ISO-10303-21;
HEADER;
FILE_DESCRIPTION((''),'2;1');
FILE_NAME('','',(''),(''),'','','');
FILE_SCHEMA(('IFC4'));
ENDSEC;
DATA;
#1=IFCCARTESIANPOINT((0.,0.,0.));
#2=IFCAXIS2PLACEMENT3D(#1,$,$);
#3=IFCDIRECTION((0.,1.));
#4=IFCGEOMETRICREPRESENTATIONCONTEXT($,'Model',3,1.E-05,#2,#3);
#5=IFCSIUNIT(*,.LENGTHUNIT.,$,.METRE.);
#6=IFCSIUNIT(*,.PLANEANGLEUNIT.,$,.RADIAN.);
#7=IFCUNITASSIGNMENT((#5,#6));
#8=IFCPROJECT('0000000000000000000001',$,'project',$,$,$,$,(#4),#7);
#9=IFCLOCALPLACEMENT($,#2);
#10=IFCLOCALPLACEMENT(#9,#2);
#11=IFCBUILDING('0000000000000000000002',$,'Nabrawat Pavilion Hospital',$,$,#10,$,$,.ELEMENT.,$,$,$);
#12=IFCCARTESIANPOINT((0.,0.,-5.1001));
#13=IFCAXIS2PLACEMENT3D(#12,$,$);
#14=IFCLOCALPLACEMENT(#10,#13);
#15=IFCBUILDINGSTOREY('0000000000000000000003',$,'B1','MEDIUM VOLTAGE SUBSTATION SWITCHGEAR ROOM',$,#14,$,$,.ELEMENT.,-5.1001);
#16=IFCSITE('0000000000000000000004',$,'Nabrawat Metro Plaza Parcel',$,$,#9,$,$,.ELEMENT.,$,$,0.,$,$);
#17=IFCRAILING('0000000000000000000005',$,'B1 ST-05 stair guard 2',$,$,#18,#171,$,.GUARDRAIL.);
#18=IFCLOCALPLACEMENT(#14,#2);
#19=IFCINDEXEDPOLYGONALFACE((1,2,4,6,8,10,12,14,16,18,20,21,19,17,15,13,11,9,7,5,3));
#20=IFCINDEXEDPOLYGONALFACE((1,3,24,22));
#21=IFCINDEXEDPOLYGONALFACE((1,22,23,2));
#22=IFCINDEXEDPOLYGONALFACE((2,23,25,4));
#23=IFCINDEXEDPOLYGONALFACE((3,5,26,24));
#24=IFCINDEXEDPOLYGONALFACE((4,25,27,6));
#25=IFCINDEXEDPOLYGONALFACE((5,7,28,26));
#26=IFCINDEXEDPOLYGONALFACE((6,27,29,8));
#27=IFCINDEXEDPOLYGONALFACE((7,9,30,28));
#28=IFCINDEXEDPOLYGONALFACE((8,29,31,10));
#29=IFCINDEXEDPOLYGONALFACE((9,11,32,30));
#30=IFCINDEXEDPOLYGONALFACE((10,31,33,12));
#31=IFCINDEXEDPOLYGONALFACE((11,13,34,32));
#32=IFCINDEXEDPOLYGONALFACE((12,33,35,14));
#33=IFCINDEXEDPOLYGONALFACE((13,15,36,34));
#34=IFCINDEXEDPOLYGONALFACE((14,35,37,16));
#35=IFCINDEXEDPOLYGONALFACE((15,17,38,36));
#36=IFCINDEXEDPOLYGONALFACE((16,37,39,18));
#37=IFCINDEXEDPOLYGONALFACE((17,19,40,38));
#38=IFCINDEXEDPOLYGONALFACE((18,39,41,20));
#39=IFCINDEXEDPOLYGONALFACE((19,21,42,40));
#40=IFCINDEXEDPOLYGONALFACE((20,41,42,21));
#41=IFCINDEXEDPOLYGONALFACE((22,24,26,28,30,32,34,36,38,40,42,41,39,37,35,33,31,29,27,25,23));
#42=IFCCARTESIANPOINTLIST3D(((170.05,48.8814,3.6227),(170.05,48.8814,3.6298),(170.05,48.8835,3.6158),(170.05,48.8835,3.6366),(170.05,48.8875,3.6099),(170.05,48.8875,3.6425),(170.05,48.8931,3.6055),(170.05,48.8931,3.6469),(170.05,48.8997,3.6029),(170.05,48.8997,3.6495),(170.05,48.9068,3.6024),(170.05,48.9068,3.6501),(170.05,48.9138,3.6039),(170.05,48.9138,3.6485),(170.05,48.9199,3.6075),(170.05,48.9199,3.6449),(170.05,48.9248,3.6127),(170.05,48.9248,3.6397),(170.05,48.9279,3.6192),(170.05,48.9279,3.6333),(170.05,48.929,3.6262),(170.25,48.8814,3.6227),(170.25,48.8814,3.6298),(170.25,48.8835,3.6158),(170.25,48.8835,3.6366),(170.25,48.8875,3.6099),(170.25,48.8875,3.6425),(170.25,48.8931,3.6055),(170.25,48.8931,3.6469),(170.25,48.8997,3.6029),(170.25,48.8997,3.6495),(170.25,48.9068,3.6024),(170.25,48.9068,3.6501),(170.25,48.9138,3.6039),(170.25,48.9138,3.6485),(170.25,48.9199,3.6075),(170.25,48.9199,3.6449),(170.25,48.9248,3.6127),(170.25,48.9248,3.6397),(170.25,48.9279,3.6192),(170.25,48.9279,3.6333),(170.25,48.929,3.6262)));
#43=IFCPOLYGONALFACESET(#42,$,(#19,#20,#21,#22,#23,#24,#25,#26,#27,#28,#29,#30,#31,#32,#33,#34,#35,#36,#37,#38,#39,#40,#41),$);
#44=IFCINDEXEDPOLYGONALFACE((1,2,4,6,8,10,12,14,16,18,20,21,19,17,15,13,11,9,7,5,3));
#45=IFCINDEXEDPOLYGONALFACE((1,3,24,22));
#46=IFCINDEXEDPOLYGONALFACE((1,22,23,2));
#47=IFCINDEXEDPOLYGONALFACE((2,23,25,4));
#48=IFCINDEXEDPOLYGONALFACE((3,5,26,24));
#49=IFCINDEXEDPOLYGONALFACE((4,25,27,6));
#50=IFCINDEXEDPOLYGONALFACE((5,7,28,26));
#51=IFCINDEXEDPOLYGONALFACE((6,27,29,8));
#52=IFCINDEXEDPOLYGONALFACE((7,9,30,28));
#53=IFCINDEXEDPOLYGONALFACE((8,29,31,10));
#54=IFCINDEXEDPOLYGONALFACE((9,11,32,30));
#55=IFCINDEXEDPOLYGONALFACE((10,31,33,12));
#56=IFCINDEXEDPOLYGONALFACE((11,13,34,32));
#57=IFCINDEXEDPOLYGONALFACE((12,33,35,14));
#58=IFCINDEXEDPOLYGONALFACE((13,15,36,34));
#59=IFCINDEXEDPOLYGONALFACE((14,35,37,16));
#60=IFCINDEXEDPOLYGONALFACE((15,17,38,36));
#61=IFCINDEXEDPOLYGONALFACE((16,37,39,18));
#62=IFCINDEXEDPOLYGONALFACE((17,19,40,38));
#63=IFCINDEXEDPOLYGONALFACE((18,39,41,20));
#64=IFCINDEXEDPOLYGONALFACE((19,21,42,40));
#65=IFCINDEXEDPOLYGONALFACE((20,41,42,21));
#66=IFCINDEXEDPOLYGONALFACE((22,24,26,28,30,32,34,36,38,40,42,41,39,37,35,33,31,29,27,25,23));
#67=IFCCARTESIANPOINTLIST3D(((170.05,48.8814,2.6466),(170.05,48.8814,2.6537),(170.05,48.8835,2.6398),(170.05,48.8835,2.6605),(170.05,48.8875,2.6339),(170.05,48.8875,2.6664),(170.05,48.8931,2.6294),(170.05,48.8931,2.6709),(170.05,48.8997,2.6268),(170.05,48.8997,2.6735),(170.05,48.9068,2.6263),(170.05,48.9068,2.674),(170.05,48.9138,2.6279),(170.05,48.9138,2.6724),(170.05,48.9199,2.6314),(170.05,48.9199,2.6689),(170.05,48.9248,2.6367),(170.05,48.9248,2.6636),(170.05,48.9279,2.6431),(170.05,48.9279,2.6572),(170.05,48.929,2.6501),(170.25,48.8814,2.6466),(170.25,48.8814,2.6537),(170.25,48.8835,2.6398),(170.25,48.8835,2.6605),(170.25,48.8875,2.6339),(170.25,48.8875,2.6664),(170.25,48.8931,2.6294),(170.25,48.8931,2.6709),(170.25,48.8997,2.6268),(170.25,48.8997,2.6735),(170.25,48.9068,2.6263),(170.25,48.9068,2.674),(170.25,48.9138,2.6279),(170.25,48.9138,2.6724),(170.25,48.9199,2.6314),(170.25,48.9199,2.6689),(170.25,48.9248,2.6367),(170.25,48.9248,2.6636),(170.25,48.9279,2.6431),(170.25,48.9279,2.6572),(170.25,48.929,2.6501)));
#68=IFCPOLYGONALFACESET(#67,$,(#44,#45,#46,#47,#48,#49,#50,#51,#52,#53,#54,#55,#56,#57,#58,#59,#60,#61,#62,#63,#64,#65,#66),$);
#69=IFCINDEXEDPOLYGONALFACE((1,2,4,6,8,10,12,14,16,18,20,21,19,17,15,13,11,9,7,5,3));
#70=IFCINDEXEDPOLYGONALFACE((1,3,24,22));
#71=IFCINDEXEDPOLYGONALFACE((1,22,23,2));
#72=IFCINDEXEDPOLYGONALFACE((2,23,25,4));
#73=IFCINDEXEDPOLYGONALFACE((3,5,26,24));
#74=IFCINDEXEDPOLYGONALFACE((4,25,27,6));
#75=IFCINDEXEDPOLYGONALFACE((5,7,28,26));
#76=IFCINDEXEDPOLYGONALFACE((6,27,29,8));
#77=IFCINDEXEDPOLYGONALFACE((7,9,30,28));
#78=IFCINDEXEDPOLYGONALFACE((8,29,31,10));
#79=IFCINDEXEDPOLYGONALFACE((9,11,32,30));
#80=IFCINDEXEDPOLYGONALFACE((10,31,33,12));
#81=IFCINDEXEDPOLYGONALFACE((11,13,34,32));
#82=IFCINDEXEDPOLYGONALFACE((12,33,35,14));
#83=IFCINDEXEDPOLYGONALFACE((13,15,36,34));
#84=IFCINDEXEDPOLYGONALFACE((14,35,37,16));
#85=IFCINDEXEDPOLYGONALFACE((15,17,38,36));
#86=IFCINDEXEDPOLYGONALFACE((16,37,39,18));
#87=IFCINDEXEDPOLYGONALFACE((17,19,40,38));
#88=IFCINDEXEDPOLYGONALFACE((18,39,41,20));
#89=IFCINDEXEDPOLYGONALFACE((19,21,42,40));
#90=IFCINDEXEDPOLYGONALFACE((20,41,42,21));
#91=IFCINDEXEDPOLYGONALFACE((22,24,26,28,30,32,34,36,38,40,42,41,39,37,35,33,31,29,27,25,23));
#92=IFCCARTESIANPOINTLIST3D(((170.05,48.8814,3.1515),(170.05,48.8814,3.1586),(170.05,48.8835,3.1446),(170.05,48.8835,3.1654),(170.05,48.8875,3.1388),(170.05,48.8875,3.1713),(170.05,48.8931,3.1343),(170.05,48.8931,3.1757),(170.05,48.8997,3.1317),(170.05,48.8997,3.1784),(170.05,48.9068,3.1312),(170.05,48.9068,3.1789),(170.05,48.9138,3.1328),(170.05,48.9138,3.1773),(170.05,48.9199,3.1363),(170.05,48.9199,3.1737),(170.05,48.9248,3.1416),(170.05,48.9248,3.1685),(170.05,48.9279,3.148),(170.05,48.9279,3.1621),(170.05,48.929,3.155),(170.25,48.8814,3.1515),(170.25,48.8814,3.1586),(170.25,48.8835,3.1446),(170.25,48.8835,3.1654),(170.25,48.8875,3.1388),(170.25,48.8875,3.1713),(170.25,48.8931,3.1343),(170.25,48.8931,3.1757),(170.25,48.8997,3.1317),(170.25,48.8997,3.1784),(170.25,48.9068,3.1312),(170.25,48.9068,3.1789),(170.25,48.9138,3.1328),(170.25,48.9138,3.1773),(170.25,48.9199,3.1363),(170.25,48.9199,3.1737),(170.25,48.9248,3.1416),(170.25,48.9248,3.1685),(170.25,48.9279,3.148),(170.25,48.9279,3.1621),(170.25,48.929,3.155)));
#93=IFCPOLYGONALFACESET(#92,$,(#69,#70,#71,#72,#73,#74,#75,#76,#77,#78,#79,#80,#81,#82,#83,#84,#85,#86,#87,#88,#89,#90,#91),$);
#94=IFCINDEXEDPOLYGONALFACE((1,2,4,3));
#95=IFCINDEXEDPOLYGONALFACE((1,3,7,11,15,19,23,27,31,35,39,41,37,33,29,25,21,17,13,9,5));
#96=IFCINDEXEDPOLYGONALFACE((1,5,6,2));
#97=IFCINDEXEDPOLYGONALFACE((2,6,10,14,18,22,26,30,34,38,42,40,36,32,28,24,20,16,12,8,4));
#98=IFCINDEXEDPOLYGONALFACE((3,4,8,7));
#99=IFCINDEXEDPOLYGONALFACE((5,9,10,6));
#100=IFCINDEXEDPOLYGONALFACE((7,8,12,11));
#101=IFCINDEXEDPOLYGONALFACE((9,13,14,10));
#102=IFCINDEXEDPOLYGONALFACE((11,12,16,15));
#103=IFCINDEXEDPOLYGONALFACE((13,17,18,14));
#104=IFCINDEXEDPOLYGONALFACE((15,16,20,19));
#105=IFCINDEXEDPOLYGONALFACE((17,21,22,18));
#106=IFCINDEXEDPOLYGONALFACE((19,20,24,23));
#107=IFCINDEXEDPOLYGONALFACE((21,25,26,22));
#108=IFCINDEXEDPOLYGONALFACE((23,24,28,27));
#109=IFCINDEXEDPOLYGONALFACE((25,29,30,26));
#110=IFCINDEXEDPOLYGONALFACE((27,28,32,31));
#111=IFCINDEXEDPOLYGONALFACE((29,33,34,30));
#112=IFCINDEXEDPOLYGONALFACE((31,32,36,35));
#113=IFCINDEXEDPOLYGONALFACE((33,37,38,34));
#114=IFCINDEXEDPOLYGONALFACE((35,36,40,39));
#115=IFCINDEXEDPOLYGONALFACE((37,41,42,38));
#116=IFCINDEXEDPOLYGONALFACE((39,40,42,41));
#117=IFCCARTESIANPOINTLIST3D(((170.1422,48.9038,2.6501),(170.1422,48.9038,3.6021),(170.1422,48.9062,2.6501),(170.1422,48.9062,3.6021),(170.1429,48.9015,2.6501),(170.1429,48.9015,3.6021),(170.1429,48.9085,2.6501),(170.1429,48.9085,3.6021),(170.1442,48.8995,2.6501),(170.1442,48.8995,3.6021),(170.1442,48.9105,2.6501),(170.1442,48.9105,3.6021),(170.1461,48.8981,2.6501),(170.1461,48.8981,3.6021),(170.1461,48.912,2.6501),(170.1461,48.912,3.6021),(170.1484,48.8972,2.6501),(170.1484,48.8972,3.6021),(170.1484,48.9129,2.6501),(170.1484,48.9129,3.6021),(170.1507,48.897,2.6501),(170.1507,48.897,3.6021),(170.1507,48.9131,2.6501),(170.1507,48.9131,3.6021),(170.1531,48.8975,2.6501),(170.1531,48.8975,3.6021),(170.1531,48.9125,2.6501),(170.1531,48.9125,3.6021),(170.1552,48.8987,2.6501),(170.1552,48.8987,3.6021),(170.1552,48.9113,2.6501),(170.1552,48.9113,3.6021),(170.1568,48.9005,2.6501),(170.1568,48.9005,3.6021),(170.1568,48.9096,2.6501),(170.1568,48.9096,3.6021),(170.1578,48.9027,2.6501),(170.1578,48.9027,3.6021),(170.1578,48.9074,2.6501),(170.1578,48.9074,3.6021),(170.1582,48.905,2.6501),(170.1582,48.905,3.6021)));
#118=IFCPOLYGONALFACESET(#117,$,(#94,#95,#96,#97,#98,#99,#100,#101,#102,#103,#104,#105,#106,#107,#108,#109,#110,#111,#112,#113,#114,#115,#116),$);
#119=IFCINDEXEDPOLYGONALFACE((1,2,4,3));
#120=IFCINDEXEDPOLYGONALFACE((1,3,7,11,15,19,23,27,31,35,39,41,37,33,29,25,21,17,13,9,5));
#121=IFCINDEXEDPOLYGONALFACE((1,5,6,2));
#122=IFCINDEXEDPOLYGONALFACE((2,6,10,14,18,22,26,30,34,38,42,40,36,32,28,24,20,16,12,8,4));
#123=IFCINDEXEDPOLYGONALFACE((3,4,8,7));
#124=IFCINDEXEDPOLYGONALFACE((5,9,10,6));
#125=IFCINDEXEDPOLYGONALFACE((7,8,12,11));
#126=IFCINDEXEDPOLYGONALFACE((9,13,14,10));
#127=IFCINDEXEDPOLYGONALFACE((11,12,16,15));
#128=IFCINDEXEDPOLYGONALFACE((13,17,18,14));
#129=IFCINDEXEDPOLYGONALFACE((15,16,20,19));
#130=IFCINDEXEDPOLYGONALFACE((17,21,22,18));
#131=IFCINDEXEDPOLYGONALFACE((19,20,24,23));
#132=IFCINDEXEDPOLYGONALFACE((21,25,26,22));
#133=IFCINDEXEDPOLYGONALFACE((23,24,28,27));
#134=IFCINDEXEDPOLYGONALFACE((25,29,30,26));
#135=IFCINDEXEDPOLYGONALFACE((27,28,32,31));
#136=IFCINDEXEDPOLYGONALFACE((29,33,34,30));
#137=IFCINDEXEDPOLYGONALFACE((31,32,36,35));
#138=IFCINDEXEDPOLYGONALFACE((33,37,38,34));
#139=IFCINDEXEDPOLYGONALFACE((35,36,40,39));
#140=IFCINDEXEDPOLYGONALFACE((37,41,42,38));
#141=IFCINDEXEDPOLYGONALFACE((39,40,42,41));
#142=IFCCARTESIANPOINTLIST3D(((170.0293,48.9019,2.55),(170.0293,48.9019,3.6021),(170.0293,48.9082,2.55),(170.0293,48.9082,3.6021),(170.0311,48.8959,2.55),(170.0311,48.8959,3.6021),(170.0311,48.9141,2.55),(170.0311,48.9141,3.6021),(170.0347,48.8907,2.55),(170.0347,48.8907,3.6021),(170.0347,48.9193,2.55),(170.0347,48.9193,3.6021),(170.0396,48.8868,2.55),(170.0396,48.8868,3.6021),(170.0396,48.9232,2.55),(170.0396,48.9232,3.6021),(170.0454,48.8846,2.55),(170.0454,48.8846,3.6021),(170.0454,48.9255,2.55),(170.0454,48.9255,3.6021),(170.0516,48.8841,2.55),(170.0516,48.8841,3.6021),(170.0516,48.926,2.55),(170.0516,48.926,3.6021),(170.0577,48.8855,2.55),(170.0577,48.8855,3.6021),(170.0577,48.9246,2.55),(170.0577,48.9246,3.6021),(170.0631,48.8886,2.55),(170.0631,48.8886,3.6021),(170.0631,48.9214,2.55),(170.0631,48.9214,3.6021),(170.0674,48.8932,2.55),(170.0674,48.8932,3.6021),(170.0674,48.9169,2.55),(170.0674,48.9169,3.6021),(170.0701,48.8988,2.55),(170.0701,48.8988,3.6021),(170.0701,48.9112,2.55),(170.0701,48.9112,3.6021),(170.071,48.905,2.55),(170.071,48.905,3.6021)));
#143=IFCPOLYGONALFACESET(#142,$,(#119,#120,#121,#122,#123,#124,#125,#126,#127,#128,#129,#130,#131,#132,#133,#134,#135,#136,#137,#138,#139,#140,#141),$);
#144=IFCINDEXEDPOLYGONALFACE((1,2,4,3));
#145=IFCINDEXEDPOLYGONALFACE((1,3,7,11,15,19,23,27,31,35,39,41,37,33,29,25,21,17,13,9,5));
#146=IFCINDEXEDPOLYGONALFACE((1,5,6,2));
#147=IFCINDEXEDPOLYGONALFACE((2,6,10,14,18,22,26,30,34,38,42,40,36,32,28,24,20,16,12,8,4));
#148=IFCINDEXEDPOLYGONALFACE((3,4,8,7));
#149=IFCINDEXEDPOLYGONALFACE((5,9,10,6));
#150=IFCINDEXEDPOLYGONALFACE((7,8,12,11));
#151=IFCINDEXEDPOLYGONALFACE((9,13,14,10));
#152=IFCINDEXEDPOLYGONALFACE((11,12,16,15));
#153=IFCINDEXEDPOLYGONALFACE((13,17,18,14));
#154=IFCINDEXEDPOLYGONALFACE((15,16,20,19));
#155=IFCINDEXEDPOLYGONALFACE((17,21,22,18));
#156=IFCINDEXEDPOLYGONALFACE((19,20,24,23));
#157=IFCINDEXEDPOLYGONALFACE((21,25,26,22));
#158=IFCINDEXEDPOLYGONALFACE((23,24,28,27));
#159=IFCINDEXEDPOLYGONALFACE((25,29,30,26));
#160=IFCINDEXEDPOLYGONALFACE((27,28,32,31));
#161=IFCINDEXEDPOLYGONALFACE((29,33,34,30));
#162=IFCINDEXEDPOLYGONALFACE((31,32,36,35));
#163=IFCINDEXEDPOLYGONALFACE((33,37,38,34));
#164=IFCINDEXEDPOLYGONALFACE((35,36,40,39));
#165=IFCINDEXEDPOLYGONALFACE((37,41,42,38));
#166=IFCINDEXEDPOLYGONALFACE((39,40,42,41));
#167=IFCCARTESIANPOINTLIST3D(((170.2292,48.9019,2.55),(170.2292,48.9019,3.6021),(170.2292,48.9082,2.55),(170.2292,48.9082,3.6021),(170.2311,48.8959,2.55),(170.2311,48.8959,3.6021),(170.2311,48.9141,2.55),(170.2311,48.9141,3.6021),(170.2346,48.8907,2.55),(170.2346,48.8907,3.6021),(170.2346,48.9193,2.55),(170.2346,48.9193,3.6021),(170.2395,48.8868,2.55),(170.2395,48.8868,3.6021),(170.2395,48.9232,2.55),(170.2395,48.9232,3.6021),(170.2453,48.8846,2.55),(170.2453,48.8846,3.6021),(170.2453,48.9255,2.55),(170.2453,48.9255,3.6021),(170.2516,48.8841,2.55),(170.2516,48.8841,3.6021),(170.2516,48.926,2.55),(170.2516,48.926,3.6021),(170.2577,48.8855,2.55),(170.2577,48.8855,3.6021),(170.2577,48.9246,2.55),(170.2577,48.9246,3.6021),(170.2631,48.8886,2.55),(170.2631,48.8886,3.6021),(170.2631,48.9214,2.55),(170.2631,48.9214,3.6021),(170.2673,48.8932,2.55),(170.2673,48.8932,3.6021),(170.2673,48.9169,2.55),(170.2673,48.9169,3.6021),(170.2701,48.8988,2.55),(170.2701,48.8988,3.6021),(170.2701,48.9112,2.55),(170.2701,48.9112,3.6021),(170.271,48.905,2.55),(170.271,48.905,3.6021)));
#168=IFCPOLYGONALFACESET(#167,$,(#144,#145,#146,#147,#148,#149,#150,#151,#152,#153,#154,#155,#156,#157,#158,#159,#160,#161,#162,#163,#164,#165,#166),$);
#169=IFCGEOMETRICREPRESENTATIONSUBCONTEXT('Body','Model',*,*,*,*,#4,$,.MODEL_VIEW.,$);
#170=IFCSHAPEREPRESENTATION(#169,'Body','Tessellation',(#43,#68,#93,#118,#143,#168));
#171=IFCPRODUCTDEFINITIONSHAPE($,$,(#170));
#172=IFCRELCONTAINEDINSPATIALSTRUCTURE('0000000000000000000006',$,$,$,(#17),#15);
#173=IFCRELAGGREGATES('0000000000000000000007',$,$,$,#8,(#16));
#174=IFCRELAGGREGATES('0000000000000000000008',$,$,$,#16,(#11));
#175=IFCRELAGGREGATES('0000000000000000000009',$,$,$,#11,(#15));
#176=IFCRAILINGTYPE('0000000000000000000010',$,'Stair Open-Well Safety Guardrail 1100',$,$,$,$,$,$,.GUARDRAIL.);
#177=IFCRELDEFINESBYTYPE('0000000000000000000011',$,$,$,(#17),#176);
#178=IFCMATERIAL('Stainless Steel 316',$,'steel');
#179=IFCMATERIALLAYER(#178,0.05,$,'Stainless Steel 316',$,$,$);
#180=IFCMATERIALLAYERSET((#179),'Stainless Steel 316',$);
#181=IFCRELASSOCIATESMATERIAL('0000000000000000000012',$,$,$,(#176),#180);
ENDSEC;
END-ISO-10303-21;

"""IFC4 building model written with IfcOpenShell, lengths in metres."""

from ifc_helpers import new_model, si_unit, direction, frame, origin, origin_2d, place, context, subcontext, project, spatial, circle, extrude, material, layer, layer_set, type_object, element, save


model = new_model("IFC4")

# Units and contexts
model_context = context("Model", 3, precision=1e-05, world=origin(), true_north=direction((0.0, 1.0)))
body_context = subcontext(model_context, "Body", "Model", "MODEL_VIEW")
ifc_project = project(units=[si_unit("LENGTHUNIT", "METRE"), si_unit("PLANEANGLEUNIT", "RADIAN")], contexts=[model_context])

# Site, building, storey
site_placement = place(None, origin())
site = spatial("IfcSite", under=ifc_project, at=site_placement, Name="Nabrawat Metro Plaza Parcel", CompositionType="ELEMENT", RefElevation=0.0)
building_placement = place(site_placement, origin())
building = spatial("IfcBuilding", under=site, at=building_placement, Name="Nabrawat Pavilion Hospital", CompositionType="ELEMENT")
storey_placement = place(building_placement, frame((0.0, 0.0, -5.1001)))
storey = spatial("IfcBuildingStorey", under=building, at=storey_placement, Name="B1", Description="MEDIUM VOLTAGE SUBSTATION SWITCHGEAR ROOM", CompositionType="ELEMENT", Elevation=-5.1001)

# Railing
ifc_material_1 = material(Name="Stainless Steel 316", Category="steel")
ifc_layer_1 = layer(ifc_material_1, 0.05, Name="Stainless Steel 316")
ifc_layer_set_1 = layer_set([ifc_layer_1], Name="Stainless Steel 316")
railing_type_1 = type_object("IfcRailingType", Name="Stair Open-Well Safety Guardrail 1100", PredefinedType="GUARDRAIL", material=ifc_layer_set_1)
railing_1_placement = place(storey_placement, frame((170.05, 48.905, 2.55)))
element("IfcRailing", 1, at=railing_1_placement, inside=storey, type_object=railing_type_1, Name="B1 ST-05 stair guard 2", PredefinedType="GUARDRAIL", context=body_context, shape_type="SweptSolid", body=[
    extrude(circle(Radius=0.0239, at=origin_2d()), frame((0.0, 0.0, 1.0762), z_axis=(1.0, 0.0, 0.0), x_axis=(0.0, 1.0, 0.0)), (0.0, 0.0, 1.0), 0.2),
    extrude(circle(Radius=0.0239, at=origin_2d()), frame((0.0, 0.0, 0.1001), z_axis=(1.0, 0.0, 0.0), x_axis=(0.0, 1.0, 0.0)), (0.0, 0.0, 1.0), 0.2),
    extrude(circle(Radius=0.0239, at=origin_2d()), frame((0.0, 0.0, 0.605), z_axis=(1.0, 0.0, 0.0), x_axis=(0.0, 1.0, 0.0)), (0.0, 0.0, 1.0), 0.2),
    extrude(circle(Radius=0.0081, at=origin_2d()), frame((0.1001, 0.0, 0.1001)), (0.0, 0.0, 1.0), 0.9519),
    extrude(circle(Radius=0.021, at=origin_2d()), origin(), (0.0, 0.0, 1.0), 1.052),
    extrude(circle(Radius=0.021, at=origin_2d()), frame((0.2, 0.0, 0.0)), (0.0, 0.0, 1.0), 1.052),
])

save(model, "model.ifc")
